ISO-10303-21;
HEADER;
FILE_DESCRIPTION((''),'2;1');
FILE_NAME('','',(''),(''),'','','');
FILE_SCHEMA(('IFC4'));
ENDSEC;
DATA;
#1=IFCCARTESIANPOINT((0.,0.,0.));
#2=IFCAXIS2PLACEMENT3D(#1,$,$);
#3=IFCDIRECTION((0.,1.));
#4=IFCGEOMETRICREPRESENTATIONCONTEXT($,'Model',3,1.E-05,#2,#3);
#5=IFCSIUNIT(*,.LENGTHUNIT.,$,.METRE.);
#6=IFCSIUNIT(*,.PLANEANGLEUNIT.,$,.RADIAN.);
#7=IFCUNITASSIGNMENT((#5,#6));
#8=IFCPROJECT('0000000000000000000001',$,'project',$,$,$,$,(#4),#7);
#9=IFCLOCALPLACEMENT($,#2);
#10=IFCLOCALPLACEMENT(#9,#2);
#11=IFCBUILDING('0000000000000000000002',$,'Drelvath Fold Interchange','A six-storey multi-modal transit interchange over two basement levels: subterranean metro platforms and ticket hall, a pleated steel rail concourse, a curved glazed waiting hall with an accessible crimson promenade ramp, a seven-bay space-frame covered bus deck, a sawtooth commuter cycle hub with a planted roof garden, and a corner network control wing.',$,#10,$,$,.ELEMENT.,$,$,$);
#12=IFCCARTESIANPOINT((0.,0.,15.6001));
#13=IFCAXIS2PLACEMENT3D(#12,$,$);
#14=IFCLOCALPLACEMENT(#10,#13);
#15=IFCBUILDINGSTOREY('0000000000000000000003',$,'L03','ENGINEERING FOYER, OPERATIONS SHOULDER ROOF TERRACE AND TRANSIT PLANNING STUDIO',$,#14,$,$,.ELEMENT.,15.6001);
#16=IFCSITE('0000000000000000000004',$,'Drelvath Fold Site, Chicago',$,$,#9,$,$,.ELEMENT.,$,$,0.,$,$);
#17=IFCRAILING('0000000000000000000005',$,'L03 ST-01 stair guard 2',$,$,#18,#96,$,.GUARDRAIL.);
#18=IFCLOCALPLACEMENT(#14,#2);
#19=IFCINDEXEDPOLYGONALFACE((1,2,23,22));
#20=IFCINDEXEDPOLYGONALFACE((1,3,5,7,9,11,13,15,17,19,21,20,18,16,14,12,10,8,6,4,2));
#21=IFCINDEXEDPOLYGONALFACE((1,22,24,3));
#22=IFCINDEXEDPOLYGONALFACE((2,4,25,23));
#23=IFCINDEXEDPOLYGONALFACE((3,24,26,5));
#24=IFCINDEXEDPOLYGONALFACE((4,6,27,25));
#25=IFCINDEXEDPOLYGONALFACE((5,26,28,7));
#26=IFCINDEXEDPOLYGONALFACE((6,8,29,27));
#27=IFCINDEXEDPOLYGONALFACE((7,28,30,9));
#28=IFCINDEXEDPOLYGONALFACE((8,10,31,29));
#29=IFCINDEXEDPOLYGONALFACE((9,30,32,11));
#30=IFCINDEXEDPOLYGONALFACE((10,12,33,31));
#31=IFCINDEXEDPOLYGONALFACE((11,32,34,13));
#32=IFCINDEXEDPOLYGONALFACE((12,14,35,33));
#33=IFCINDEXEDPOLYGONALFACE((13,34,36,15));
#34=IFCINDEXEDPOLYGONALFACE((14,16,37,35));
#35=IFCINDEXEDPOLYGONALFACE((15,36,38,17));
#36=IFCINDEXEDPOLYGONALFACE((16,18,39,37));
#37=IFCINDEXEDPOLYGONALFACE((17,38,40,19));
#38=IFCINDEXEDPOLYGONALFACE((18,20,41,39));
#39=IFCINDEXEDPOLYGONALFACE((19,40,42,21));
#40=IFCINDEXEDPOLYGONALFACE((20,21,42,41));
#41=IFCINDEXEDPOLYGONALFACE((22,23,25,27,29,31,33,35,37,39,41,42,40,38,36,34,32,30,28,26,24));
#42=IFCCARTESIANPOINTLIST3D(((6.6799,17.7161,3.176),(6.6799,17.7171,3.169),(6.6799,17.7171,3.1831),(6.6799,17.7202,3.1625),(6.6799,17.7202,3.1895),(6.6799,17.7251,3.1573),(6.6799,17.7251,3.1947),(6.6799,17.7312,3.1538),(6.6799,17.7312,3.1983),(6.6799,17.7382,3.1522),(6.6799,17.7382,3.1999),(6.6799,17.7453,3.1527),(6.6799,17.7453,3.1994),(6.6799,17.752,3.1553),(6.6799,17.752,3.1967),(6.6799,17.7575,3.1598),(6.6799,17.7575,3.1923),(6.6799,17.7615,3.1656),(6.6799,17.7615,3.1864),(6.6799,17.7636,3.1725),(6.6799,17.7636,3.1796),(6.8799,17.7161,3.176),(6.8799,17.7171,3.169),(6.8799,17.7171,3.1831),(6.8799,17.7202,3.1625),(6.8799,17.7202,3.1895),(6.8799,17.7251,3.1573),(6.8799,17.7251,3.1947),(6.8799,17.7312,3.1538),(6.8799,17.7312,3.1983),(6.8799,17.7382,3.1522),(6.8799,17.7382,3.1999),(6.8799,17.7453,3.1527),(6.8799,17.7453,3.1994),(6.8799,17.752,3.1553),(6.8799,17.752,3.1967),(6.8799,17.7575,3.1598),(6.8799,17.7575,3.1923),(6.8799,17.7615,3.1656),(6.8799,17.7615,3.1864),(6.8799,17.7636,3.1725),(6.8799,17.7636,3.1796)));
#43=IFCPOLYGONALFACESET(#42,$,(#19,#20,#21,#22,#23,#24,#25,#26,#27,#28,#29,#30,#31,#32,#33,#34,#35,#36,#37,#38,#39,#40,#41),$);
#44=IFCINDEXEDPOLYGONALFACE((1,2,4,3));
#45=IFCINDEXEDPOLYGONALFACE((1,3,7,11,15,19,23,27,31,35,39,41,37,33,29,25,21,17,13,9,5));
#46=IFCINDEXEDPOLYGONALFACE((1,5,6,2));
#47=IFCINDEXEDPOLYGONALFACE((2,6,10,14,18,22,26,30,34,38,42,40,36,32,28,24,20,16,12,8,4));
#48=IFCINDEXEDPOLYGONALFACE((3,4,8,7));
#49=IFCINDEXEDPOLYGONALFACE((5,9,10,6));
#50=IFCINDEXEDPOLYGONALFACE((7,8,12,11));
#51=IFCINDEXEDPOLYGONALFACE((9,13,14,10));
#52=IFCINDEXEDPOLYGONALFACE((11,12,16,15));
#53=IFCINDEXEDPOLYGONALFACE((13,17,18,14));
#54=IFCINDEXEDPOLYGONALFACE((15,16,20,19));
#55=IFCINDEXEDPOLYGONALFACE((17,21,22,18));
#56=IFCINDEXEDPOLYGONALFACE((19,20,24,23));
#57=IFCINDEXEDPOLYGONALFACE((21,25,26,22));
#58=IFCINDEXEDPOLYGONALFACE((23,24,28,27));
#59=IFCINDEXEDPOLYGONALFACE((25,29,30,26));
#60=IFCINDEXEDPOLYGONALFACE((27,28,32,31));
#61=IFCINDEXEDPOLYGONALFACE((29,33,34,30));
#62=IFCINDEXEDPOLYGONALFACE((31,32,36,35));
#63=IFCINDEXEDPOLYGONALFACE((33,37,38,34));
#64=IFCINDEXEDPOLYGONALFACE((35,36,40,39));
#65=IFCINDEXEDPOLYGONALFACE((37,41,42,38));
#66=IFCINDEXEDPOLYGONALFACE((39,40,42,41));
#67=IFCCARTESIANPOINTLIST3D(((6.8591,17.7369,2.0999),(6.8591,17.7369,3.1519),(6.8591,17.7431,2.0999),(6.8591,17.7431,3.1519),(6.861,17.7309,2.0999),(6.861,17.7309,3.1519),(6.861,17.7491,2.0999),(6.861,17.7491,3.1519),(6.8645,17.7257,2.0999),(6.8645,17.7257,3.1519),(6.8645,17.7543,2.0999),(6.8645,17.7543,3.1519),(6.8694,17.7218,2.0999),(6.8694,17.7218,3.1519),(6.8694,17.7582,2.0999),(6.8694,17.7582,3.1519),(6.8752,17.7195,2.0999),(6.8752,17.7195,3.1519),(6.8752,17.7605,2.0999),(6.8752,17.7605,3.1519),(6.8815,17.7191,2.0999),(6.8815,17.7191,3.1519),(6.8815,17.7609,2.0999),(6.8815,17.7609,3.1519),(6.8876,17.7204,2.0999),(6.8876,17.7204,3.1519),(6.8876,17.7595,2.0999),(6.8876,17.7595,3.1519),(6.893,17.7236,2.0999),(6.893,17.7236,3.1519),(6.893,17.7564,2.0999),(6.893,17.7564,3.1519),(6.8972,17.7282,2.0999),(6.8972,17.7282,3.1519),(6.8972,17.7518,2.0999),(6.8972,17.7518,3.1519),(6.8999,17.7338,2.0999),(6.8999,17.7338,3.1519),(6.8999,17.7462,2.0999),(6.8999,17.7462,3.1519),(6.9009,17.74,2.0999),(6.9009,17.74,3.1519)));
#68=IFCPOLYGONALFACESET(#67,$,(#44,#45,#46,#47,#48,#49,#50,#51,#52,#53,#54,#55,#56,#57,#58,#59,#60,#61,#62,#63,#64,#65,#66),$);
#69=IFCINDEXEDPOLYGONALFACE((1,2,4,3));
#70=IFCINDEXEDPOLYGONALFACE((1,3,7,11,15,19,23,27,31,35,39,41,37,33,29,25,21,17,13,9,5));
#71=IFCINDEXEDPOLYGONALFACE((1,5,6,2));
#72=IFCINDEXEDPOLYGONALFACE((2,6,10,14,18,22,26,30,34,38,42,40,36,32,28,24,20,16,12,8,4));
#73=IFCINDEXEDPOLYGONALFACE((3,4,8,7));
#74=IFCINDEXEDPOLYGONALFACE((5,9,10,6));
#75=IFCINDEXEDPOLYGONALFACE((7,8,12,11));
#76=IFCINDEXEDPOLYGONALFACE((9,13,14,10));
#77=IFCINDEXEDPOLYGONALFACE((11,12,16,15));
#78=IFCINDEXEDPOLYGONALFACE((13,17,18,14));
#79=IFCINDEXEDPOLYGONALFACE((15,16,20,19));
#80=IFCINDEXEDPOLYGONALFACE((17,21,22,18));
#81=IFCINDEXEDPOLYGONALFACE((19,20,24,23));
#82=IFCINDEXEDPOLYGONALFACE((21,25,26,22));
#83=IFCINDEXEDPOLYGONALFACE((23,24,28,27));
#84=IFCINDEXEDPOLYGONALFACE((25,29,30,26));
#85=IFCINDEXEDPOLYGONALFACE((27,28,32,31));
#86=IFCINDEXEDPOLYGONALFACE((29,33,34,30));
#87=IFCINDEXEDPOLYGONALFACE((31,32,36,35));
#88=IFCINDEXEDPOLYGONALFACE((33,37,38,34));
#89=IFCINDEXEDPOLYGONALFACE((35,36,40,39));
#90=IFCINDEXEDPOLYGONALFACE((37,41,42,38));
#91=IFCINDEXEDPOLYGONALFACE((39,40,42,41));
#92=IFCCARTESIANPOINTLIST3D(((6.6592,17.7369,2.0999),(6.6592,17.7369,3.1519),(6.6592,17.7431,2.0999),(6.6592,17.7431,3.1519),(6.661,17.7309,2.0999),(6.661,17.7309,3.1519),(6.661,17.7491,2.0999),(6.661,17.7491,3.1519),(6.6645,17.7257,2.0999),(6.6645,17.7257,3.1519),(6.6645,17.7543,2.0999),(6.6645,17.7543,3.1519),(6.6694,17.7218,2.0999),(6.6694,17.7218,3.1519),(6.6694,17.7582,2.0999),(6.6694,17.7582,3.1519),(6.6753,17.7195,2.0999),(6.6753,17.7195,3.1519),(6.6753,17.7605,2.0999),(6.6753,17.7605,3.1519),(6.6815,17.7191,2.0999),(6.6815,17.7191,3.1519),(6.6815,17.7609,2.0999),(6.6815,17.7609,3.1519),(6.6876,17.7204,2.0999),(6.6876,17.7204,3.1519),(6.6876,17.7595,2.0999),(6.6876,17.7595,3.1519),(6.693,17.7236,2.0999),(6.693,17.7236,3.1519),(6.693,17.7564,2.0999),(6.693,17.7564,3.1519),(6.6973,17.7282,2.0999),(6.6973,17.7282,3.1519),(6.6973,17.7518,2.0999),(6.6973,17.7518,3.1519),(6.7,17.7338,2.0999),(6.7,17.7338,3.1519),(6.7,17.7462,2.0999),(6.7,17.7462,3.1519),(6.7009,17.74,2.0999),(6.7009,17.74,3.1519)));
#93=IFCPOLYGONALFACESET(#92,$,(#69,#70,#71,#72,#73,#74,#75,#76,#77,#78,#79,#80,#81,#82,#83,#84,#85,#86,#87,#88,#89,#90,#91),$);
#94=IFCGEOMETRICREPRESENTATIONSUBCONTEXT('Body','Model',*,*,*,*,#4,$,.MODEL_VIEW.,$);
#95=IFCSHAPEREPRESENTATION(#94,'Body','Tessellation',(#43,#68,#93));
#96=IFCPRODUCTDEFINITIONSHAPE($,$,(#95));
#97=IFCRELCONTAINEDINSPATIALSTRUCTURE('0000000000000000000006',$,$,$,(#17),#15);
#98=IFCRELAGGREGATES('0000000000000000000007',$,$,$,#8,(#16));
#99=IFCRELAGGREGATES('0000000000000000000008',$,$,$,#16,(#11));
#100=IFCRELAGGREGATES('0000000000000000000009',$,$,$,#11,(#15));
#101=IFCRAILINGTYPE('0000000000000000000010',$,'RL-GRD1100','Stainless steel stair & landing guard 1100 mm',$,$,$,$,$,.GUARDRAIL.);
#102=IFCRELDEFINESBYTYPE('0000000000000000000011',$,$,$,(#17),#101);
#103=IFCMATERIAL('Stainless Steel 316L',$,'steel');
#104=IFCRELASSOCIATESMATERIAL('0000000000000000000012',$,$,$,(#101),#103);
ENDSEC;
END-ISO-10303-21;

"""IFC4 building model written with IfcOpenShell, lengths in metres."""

from ifc_helpers import new_model, si_unit, direction, frame, origin, origin_2d, place, context, subcontext, project, spatial, circle, extrude, material, type_object, element, save


model = new_model("IFC4")

# Units and contexts
model_context = context("Model", 3, precision=1e-05, world=origin(), true_north=direction((0.0, 1.0)))
body_context = subcontext(model_context, "Body", "Model", "MODEL_VIEW")
ifc_project = project(units=[si_unit("LENGTHUNIT", "METRE"), si_unit("PLANEANGLEUNIT", "RADIAN")], contexts=[model_context])

# Site, building, storey
site_placement = place(None, origin())
site = spatial("IfcSite", under=ifc_project, at=site_placement, Name="Drelvath Fold Site, Chicago", CompositionType="ELEMENT", RefElevation=0.0)
building_placement = place(site_placement, origin())
building = spatial("IfcBuilding", under=site, at=building_placement, Name="Drelvath Fold Interchange", Description="A six-storey multi-modal transit interchange over two basement levels: subterranean metro platforms and ticket hall, a pleated steel rail concourse, a curved glazed waiting hall with an accessible crimson promenade ramp, a seven-bay space-frame covered bus deck, a sawtooth commuter cycle hub with a planted roof garden, and a corner network control wing.", CompositionType="ELEMENT")
storey_placement = place(building_placement, frame((0.0, 0.0, 15.6001)))
storey = spatial("IfcBuildingStorey", under=building, at=storey_placement, Name="L03", Description="ENGINEERING FOYER, OPERATIONS SHOULDER ROOF TERRACE AND TRANSIT PLANNING STUDIO", CompositionType="ELEMENT", Elevation=15.6001)

# Railing
ifc_material_1 = material(Name="Stainless Steel 316L", Category="steel")
railing_type_1 = type_object("IfcRailingType", Name="RL-GRD1100", Description="Stainless steel stair & landing guard 1100 mm", PredefinedType="GUARDRAIL", material=ifc_material_1)
railing_1_placement = place(storey_placement, frame((6.8799, 17.74, 2.0999)))
element("IfcRailing", 1, at=railing_1_placement, inside=storey, type_object=railing_type_1, Name="L03 ST-01 stair guard 2", PredefinedType="GUARDRAIL", context=body_context, shape_type="SweptSolid", body=[
    extrude(circle(Radius=0.0239, at=origin_2d()), frame((0.0, 0.0, 1.0762), z_axis=(-1.0, 0.0, 0.0), x_axis=(0.0, -1.0, 0.0)), (0.0, 0.0, 1.0), 0.2),
    extrude(circle(Radius=0.021, at=origin_2d()), origin(), (0.0, 0.0, 1.0), 1.052),
    extrude(circle(Radius=0.021, at=origin_2d()), frame((-0.2, 0.0, 0.0)), (0.0, 0.0, 1.0), 1.052),
])

save(model, "model.ifc")
